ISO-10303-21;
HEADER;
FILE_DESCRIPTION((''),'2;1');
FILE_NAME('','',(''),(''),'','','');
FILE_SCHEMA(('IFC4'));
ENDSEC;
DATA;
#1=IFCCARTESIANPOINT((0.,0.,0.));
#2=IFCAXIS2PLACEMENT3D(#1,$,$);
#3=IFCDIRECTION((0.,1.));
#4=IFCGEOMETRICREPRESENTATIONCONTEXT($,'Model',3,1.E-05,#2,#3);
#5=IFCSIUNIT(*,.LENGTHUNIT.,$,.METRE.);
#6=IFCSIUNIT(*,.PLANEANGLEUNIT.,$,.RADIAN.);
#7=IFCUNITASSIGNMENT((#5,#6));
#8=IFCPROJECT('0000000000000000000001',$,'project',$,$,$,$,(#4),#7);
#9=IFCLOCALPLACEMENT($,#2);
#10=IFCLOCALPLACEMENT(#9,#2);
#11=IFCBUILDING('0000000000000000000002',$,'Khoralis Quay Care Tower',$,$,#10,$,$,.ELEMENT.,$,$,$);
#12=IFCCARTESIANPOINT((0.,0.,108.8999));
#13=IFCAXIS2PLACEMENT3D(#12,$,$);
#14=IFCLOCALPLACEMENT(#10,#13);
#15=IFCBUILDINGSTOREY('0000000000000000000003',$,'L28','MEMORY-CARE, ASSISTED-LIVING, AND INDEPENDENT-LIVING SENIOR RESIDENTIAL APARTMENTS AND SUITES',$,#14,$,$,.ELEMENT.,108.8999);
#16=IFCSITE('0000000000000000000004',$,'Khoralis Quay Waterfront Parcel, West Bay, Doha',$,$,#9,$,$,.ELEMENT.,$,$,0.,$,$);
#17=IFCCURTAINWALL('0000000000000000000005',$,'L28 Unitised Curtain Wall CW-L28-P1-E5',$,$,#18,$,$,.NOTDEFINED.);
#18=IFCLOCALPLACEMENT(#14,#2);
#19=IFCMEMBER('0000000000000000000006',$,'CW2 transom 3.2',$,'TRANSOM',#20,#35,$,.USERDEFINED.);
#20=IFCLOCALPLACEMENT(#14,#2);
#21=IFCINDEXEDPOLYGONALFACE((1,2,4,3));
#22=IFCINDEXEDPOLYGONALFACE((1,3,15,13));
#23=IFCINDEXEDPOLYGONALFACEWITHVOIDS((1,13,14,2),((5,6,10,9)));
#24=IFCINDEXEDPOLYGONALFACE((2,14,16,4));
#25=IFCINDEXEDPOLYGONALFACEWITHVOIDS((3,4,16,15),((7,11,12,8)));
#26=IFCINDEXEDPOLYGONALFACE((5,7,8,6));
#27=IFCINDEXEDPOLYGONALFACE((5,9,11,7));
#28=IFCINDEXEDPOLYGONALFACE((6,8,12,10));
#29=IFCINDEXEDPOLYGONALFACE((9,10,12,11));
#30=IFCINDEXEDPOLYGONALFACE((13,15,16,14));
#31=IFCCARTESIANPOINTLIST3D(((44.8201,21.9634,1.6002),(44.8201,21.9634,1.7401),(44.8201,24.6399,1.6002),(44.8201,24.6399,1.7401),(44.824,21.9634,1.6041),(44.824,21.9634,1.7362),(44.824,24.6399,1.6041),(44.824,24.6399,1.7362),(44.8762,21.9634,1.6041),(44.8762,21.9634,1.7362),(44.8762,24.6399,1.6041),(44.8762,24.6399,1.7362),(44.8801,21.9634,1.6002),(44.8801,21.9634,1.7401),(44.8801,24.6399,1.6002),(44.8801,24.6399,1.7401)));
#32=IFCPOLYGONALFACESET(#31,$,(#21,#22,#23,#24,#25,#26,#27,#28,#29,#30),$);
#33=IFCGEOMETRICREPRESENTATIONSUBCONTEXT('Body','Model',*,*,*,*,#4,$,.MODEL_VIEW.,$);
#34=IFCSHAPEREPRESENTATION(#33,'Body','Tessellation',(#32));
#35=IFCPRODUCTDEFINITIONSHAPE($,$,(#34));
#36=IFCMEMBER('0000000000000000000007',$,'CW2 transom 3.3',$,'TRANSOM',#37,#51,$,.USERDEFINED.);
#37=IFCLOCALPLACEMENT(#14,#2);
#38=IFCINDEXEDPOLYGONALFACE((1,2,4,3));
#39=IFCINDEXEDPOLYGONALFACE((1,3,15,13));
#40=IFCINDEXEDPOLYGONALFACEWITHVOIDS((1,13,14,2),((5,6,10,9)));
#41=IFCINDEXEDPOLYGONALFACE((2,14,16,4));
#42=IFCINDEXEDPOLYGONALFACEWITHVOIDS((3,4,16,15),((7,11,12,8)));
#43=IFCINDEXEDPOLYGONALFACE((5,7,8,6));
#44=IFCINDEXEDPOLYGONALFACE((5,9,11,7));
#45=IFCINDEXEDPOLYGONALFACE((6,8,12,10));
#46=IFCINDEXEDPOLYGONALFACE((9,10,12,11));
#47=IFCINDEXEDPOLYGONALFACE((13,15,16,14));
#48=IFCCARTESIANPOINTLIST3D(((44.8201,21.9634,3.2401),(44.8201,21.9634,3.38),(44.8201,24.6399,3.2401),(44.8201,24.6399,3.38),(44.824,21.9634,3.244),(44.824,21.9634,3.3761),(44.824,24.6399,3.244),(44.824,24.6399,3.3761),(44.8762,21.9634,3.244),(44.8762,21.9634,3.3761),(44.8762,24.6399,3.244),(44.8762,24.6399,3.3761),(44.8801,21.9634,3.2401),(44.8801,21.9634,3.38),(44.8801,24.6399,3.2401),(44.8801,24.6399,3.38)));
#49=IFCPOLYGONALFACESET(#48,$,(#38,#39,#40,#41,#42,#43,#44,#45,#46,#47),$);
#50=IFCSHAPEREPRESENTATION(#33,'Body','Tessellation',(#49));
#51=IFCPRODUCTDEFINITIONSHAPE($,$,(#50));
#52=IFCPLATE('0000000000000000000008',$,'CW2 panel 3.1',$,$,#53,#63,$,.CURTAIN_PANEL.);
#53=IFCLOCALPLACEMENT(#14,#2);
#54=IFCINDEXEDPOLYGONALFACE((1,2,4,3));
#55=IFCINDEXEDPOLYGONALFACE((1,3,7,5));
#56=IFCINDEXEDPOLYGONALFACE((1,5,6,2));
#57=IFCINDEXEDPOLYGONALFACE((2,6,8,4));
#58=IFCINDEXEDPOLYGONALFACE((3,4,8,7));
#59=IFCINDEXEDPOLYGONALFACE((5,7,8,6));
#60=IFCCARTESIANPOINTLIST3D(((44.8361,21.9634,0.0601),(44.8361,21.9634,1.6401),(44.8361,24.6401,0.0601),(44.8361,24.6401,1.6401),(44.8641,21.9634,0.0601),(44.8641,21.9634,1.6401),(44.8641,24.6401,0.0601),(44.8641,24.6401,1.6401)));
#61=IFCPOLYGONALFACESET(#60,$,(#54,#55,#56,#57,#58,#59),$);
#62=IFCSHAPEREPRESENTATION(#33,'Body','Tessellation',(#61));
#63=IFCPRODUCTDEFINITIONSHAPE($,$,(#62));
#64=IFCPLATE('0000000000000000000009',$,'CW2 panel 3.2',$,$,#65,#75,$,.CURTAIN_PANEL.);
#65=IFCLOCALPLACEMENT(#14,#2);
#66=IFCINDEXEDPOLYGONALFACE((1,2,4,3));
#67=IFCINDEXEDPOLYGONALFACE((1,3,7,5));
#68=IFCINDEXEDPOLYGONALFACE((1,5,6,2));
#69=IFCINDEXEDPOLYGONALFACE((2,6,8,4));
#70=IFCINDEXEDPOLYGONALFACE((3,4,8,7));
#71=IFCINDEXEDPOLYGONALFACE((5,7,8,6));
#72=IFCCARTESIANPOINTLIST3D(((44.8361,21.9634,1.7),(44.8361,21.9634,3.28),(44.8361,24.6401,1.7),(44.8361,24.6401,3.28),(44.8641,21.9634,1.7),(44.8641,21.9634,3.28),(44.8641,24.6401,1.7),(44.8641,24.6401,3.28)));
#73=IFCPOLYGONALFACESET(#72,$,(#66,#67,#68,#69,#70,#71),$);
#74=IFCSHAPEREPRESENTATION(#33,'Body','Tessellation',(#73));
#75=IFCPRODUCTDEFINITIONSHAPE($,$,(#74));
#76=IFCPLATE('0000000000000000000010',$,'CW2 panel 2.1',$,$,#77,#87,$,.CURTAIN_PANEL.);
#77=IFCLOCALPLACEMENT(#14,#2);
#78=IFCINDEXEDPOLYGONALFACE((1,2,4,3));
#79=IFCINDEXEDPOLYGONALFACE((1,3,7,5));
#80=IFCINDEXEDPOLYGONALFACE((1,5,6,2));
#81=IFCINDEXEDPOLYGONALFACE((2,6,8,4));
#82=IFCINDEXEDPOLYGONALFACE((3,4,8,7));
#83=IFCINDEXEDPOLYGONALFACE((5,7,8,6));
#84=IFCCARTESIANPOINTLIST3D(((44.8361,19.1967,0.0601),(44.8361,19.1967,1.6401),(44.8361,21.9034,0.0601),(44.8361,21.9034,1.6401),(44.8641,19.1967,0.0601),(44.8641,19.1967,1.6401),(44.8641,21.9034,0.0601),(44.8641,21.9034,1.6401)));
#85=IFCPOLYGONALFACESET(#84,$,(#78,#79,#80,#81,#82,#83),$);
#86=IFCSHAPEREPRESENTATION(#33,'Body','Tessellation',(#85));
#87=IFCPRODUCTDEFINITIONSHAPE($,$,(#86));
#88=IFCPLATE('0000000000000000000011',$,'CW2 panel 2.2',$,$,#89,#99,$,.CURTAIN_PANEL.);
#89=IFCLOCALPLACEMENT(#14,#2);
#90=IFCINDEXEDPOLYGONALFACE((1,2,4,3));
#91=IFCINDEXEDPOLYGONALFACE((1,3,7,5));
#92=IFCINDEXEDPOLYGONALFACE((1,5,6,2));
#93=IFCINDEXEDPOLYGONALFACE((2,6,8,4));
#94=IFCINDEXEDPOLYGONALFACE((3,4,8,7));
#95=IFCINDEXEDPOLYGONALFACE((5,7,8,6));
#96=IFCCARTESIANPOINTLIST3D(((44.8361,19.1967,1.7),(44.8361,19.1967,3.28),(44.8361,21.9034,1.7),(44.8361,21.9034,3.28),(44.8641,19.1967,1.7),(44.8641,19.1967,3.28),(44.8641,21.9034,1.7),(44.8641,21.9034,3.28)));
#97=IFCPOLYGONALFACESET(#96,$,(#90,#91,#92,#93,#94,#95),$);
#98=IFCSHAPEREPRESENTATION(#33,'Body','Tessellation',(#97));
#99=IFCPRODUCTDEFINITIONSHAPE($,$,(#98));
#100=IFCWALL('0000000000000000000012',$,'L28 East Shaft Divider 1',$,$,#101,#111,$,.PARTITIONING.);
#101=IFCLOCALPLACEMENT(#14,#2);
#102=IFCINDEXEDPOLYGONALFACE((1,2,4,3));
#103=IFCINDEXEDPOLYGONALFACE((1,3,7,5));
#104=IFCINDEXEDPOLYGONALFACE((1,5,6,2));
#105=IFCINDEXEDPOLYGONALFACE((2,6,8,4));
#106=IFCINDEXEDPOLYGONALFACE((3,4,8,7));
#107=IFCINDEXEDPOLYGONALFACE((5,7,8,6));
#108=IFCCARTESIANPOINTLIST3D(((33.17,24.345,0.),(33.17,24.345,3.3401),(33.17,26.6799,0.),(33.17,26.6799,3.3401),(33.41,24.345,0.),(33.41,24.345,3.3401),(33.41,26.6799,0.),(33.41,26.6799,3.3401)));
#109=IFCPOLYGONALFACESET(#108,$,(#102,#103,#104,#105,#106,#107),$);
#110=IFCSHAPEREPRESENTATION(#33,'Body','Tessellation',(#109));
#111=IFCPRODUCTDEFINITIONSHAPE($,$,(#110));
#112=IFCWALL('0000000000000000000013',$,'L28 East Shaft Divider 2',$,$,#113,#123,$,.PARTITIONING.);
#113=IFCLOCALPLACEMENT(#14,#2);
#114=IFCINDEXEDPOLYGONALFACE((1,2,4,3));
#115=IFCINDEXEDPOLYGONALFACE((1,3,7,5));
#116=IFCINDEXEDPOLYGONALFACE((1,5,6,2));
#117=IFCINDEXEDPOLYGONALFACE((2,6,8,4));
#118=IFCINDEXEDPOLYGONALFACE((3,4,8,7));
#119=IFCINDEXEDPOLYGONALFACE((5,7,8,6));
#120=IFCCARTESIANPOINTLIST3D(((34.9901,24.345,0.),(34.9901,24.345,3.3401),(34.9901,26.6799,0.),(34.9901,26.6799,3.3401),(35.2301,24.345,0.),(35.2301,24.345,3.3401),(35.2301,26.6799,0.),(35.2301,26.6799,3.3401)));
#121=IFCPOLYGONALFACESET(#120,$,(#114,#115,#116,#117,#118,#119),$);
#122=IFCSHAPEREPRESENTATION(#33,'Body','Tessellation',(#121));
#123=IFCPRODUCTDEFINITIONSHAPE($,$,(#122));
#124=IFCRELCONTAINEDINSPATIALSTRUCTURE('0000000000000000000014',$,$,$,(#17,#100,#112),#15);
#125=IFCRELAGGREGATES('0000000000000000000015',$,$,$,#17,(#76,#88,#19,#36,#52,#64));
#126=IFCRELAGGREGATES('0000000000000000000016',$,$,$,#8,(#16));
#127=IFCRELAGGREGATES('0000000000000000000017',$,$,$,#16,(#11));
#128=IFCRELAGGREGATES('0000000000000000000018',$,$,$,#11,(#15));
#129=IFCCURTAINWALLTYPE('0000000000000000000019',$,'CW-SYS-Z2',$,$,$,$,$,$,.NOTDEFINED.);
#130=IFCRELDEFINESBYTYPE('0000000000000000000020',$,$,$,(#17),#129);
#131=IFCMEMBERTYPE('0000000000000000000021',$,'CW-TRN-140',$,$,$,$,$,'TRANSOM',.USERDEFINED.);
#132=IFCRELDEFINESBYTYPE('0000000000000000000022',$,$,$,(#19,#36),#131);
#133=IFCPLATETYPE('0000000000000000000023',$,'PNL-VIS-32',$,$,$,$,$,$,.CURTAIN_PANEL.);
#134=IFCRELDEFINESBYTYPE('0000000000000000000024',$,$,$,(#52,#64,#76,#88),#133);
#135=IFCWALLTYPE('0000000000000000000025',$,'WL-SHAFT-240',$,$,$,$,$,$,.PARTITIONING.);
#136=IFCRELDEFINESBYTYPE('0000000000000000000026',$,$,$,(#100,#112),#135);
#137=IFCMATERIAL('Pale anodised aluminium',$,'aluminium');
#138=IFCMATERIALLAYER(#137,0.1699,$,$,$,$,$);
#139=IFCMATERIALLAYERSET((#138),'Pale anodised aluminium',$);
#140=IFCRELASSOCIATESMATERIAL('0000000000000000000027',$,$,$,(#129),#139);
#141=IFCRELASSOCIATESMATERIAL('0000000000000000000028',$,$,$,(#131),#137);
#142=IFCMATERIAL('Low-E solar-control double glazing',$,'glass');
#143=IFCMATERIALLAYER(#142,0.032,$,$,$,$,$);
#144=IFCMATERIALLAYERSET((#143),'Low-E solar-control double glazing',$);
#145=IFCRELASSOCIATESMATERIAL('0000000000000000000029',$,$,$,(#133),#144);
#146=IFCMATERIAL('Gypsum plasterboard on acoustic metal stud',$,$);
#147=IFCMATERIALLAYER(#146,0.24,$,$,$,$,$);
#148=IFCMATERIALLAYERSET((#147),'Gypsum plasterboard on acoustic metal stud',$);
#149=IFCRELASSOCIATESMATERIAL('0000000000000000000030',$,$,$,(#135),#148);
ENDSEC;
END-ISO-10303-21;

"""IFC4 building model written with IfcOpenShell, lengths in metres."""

from ifc_helpers import new_model, si_unit, direction, frame, frame_2d, origin, origin_2d, place, context, subcontext, project, spatial, rectangle, hollow_rectangle, extrude, source, transform, mapped, material, layer, layer_set, material_profile, profile_set, type_object, element, aggregate, save


model = new_model("IFC4")

# Units and contexts
model_context = context("Model", 3, precision=1e-05, world=origin(), true_north=direction((0.0, 1.0)))
body_context = subcontext(model_context, "Body", "Model", "MODEL_VIEW")
ifc_project = project(units=[si_unit("LENGTHUNIT", "METRE"), si_unit("PLANEANGLEUNIT", "RADIAN")], contexts=[model_context])

# Site, building, storey
site_placement = place(None, origin())
site = spatial("IfcSite", under=ifc_project, at=site_placement, Name="Khoralis Quay Waterfront Parcel, West Bay, Doha", CompositionType="ELEMENT", RefElevation=0.0)
building_placement = place(site_placement, origin())
building = spatial("IfcBuilding", under=site, at=building_placement, Name="Khoralis Quay Care Tower", CompositionType="ELEMENT")
storey_placement = place(building_placement, frame((0.0, 0.0, 108.8999)))
storey = spatial("IfcBuildingStorey", under=building, at=storey_placement, Name="L28", Description="MEMORY-CARE, ASSISTED-LIVING, AND INDEPENDENT-LIVING SENIOR RESIDENTIAL APARTMENTS AND SUITES", CompositionType="ELEMENT", Elevation=108.8999)

# Curtain wall, members, plates
ifc_material_1 = material(Name="Pale anodised aluminium", Category="aluminium")
ifc_layer_1 = layer(ifc_material_1, 0.1699)
ifc_layer_set_1 = layer_set([ifc_layer_1], Name="Pale anodised aluminium")
curtain_wall_type = type_object("IfcCurtainWallType", Name="CW-SYS-Z2", PredefinedType="NOTDEFINED", material=ifc_layer_set_1)
curtain_wall_placement = place(storey_placement, origin())
curtain_wall = element("IfcCurtainWall", 1, at=curtain_wall_placement, inside=storey, type_object=curtain_wall_type, Name="L28 Unitised Curtain Wall CW-L28-P1-E5", PredefinedType="NOTDEFINED")
ifc_material_profile_1 = material_profile(ifc_material_1, hollow_rectangle(XDim=0.0601, YDim=0.1399, WallThickness=0.0039, at=origin_2d()), Name="Pale anodised aluminium")
ifc_profile_set_1 = profile_set([ifc_material_profile_1], Name="Pale anodised aluminium")
member_type_1 = type_object("IfcMemberType", Name="CW-TRN-140", ElementType="TRANSOM", PredefinedType="USERDEFINED", material=ifc_profile_set_1)
shared_shape_1 = source(origin(), body_context, "Body", "SweptSolid", [
    extrude(hollow_rectangle(XDim=0.0601, YDim=0.1399, WallThickness=0.0039, at=origin_2d()), origin(), (0.0, 0.0, 1.0), 2.6765),
])
member_1_placement = place(storey_placement, frame((44.8501, 21.9634, 1.6702), z_axis=(0.0, 1.0, 0.0), x_axis=(-1.0, 0.0, 0.0)))
member_1 = element("IfcMember", 2, at=member_1_placement, type_object=member_type_1, Name="CW2 transom 3.2", ObjectType="TRANSOM", PredefinedType="USERDEFINED", context=body_context, shape_type="MappedRepresentation", body=[
    mapped(shared_shape_1, transform((0.0, 0.0, 0.0), scale=1.0)),
])
member_2_placement = place(storey_placement, frame((44.8501, 21.9634, 3.3101), z_axis=(0.0, 1.0, 0.0), x_axis=(-1.0, 0.0, 0.0)))
member_2 = element("IfcMember", 3, at=member_2_placement, type_object=member_type_1, Name="CW2 transom 3.3", ObjectType="TRANSOM", PredefinedType="USERDEFINED", context=body_context, shape_type="MappedRepresentation", body=[
    mapped(shared_shape_1, transform((0.0, 0.0, 0.0), scale=1.0)),
])
ifc_material_2 = material(Name="Low-E solar-control double glazing", Category="glass")
ifc_layer_2 = layer(ifc_material_2, 0.032)
ifc_layer_set_2 = layer_set([ifc_layer_2], Name="Low-E solar-control double glazing")
plate_type = type_object("IfcPlateType", Name="PNL-VIS-32", PredefinedType="CURTAIN_PANEL", material=ifc_layer_set_2)
shared_shape_2 = source(origin(), body_context, "Body", "SweptSolid", [
    extrude(rectangle(XDim=2.6768, YDim=0.0281, at=origin_2d()), origin(), (0.0, 0.0, 1.0), 1.5801),
])
plate_1_placement = place(storey_placement, frame((44.8501, 23.3018, 0.0601), z_axis=(0.0, 0.0, 1.0), x_axis=(0.0, 1.0, 0.0)))
plate_1 = element("IfcPlate", 4, at=plate_1_placement, type_object=plate_type, Name="CW2 panel 3.1", PredefinedType="CURTAIN_PANEL", context=body_context, shape_type="MappedRepresentation", body=[
    mapped(shared_shape_2, transform((0.0, 0.0, 0.0), scale=1.0)),
])
plate_2_placement = place(storey_placement, frame((44.8501, 23.3018, 1.7), z_axis=(0.0, 0.0, 1.0), x_axis=(0.0, 1.0, 0.0)))
plate_2 = element("IfcPlate", 5, at=plate_2_placement, type_object=plate_type, Name="CW2 panel 3.2", PredefinedType="CURTAIN_PANEL", context=body_context, shape_type="MappedRepresentation", body=[
    mapped(shared_shape_2, transform((0.0, 0.0, 0.0), scale=1.0)),
])
shared_shape_3 = source(origin(), body_context, "Body", "SweptSolid", [
    extrude(rectangle(XDim=2.7068, YDim=0.0281, at=origin_2d()), origin(), (0.0, 0.0, 1.0), 1.5801),
])
plate_3_placement = place(storey_placement, frame((44.8501, 20.55, 0.0601), z_axis=(0.0, 0.0, 1.0), x_axis=(0.0, 1.0, 0.0)))
plate_3 = element("IfcPlate", 6, at=plate_3_placement, type_object=plate_type, Name="CW2 panel 2.1", PredefinedType="CURTAIN_PANEL", context=body_context, shape_type="MappedRepresentation", body=[
    mapped(shared_shape_3, transform((0.0, 0.0, 0.0), scale=1.0)),
])
plate_4_placement = place(storey_placement, frame((44.8501, 20.55, 1.7), z_axis=(0.0, 0.0, 1.0), x_axis=(0.0, 1.0, 0.0)))
plate_4 = element("IfcPlate", 7, at=plate_4_placement, type_object=plate_type, Name="CW2 panel 2.2", PredefinedType="CURTAIN_PANEL", context=body_context, shape_type="MappedRepresentation", body=[
    mapped(shared_shape_3, transform((0.0, 0.0, 0.0), scale=1.0)),
])
aggregate(curtain_wall, [plate_3, plate_4, member_1, member_2, plate_1, plate_2])

# Walls
ifc_material_3 = material(Name="Gypsum plasterboard on acoustic metal stud")
ifc_layer_3 = layer(ifc_material_3, 0.24)
ifc_layer_set_3 = layer_set([ifc_layer_3], Name="Gypsum plasterboard on acoustic metal stud")
wall_type = type_object("IfcWallType", Name="WL-SHAFT-240", PredefinedType="PARTITIONING", material=ifc_layer_set_3)
for number, where, z_axis, x_axis, name in (
    (8, (33.29, 24.345, 0.0), (0.0, 0.0, 1.0), (0.0, 1.0, 0.0), "L28 East Shaft Divider 1"),
    (9, (35.1101, 24.345, 0.0), (0.0, 0.0, 1.0), (0.0, 1.0, 0.0), "L28 East Shaft Divider 2"),
):
    element("IfcWall", number, at=place(storey_placement, frame(where, z_axis=z_axis, x_axis=x_axis)), inside=storey, type_object=wall_type, Name=name, PredefinedType="PARTITIONING", context=body_context, shape_type="SweptSolid", body=[
        extrude(rectangle(XDim=2.335, YDim=0.24, at=frame_2d((1.1675, 0.0))), origin(), (0.0, 0.0, 1.0), 3.3401),
    ])

save(model, "model.ifc")
